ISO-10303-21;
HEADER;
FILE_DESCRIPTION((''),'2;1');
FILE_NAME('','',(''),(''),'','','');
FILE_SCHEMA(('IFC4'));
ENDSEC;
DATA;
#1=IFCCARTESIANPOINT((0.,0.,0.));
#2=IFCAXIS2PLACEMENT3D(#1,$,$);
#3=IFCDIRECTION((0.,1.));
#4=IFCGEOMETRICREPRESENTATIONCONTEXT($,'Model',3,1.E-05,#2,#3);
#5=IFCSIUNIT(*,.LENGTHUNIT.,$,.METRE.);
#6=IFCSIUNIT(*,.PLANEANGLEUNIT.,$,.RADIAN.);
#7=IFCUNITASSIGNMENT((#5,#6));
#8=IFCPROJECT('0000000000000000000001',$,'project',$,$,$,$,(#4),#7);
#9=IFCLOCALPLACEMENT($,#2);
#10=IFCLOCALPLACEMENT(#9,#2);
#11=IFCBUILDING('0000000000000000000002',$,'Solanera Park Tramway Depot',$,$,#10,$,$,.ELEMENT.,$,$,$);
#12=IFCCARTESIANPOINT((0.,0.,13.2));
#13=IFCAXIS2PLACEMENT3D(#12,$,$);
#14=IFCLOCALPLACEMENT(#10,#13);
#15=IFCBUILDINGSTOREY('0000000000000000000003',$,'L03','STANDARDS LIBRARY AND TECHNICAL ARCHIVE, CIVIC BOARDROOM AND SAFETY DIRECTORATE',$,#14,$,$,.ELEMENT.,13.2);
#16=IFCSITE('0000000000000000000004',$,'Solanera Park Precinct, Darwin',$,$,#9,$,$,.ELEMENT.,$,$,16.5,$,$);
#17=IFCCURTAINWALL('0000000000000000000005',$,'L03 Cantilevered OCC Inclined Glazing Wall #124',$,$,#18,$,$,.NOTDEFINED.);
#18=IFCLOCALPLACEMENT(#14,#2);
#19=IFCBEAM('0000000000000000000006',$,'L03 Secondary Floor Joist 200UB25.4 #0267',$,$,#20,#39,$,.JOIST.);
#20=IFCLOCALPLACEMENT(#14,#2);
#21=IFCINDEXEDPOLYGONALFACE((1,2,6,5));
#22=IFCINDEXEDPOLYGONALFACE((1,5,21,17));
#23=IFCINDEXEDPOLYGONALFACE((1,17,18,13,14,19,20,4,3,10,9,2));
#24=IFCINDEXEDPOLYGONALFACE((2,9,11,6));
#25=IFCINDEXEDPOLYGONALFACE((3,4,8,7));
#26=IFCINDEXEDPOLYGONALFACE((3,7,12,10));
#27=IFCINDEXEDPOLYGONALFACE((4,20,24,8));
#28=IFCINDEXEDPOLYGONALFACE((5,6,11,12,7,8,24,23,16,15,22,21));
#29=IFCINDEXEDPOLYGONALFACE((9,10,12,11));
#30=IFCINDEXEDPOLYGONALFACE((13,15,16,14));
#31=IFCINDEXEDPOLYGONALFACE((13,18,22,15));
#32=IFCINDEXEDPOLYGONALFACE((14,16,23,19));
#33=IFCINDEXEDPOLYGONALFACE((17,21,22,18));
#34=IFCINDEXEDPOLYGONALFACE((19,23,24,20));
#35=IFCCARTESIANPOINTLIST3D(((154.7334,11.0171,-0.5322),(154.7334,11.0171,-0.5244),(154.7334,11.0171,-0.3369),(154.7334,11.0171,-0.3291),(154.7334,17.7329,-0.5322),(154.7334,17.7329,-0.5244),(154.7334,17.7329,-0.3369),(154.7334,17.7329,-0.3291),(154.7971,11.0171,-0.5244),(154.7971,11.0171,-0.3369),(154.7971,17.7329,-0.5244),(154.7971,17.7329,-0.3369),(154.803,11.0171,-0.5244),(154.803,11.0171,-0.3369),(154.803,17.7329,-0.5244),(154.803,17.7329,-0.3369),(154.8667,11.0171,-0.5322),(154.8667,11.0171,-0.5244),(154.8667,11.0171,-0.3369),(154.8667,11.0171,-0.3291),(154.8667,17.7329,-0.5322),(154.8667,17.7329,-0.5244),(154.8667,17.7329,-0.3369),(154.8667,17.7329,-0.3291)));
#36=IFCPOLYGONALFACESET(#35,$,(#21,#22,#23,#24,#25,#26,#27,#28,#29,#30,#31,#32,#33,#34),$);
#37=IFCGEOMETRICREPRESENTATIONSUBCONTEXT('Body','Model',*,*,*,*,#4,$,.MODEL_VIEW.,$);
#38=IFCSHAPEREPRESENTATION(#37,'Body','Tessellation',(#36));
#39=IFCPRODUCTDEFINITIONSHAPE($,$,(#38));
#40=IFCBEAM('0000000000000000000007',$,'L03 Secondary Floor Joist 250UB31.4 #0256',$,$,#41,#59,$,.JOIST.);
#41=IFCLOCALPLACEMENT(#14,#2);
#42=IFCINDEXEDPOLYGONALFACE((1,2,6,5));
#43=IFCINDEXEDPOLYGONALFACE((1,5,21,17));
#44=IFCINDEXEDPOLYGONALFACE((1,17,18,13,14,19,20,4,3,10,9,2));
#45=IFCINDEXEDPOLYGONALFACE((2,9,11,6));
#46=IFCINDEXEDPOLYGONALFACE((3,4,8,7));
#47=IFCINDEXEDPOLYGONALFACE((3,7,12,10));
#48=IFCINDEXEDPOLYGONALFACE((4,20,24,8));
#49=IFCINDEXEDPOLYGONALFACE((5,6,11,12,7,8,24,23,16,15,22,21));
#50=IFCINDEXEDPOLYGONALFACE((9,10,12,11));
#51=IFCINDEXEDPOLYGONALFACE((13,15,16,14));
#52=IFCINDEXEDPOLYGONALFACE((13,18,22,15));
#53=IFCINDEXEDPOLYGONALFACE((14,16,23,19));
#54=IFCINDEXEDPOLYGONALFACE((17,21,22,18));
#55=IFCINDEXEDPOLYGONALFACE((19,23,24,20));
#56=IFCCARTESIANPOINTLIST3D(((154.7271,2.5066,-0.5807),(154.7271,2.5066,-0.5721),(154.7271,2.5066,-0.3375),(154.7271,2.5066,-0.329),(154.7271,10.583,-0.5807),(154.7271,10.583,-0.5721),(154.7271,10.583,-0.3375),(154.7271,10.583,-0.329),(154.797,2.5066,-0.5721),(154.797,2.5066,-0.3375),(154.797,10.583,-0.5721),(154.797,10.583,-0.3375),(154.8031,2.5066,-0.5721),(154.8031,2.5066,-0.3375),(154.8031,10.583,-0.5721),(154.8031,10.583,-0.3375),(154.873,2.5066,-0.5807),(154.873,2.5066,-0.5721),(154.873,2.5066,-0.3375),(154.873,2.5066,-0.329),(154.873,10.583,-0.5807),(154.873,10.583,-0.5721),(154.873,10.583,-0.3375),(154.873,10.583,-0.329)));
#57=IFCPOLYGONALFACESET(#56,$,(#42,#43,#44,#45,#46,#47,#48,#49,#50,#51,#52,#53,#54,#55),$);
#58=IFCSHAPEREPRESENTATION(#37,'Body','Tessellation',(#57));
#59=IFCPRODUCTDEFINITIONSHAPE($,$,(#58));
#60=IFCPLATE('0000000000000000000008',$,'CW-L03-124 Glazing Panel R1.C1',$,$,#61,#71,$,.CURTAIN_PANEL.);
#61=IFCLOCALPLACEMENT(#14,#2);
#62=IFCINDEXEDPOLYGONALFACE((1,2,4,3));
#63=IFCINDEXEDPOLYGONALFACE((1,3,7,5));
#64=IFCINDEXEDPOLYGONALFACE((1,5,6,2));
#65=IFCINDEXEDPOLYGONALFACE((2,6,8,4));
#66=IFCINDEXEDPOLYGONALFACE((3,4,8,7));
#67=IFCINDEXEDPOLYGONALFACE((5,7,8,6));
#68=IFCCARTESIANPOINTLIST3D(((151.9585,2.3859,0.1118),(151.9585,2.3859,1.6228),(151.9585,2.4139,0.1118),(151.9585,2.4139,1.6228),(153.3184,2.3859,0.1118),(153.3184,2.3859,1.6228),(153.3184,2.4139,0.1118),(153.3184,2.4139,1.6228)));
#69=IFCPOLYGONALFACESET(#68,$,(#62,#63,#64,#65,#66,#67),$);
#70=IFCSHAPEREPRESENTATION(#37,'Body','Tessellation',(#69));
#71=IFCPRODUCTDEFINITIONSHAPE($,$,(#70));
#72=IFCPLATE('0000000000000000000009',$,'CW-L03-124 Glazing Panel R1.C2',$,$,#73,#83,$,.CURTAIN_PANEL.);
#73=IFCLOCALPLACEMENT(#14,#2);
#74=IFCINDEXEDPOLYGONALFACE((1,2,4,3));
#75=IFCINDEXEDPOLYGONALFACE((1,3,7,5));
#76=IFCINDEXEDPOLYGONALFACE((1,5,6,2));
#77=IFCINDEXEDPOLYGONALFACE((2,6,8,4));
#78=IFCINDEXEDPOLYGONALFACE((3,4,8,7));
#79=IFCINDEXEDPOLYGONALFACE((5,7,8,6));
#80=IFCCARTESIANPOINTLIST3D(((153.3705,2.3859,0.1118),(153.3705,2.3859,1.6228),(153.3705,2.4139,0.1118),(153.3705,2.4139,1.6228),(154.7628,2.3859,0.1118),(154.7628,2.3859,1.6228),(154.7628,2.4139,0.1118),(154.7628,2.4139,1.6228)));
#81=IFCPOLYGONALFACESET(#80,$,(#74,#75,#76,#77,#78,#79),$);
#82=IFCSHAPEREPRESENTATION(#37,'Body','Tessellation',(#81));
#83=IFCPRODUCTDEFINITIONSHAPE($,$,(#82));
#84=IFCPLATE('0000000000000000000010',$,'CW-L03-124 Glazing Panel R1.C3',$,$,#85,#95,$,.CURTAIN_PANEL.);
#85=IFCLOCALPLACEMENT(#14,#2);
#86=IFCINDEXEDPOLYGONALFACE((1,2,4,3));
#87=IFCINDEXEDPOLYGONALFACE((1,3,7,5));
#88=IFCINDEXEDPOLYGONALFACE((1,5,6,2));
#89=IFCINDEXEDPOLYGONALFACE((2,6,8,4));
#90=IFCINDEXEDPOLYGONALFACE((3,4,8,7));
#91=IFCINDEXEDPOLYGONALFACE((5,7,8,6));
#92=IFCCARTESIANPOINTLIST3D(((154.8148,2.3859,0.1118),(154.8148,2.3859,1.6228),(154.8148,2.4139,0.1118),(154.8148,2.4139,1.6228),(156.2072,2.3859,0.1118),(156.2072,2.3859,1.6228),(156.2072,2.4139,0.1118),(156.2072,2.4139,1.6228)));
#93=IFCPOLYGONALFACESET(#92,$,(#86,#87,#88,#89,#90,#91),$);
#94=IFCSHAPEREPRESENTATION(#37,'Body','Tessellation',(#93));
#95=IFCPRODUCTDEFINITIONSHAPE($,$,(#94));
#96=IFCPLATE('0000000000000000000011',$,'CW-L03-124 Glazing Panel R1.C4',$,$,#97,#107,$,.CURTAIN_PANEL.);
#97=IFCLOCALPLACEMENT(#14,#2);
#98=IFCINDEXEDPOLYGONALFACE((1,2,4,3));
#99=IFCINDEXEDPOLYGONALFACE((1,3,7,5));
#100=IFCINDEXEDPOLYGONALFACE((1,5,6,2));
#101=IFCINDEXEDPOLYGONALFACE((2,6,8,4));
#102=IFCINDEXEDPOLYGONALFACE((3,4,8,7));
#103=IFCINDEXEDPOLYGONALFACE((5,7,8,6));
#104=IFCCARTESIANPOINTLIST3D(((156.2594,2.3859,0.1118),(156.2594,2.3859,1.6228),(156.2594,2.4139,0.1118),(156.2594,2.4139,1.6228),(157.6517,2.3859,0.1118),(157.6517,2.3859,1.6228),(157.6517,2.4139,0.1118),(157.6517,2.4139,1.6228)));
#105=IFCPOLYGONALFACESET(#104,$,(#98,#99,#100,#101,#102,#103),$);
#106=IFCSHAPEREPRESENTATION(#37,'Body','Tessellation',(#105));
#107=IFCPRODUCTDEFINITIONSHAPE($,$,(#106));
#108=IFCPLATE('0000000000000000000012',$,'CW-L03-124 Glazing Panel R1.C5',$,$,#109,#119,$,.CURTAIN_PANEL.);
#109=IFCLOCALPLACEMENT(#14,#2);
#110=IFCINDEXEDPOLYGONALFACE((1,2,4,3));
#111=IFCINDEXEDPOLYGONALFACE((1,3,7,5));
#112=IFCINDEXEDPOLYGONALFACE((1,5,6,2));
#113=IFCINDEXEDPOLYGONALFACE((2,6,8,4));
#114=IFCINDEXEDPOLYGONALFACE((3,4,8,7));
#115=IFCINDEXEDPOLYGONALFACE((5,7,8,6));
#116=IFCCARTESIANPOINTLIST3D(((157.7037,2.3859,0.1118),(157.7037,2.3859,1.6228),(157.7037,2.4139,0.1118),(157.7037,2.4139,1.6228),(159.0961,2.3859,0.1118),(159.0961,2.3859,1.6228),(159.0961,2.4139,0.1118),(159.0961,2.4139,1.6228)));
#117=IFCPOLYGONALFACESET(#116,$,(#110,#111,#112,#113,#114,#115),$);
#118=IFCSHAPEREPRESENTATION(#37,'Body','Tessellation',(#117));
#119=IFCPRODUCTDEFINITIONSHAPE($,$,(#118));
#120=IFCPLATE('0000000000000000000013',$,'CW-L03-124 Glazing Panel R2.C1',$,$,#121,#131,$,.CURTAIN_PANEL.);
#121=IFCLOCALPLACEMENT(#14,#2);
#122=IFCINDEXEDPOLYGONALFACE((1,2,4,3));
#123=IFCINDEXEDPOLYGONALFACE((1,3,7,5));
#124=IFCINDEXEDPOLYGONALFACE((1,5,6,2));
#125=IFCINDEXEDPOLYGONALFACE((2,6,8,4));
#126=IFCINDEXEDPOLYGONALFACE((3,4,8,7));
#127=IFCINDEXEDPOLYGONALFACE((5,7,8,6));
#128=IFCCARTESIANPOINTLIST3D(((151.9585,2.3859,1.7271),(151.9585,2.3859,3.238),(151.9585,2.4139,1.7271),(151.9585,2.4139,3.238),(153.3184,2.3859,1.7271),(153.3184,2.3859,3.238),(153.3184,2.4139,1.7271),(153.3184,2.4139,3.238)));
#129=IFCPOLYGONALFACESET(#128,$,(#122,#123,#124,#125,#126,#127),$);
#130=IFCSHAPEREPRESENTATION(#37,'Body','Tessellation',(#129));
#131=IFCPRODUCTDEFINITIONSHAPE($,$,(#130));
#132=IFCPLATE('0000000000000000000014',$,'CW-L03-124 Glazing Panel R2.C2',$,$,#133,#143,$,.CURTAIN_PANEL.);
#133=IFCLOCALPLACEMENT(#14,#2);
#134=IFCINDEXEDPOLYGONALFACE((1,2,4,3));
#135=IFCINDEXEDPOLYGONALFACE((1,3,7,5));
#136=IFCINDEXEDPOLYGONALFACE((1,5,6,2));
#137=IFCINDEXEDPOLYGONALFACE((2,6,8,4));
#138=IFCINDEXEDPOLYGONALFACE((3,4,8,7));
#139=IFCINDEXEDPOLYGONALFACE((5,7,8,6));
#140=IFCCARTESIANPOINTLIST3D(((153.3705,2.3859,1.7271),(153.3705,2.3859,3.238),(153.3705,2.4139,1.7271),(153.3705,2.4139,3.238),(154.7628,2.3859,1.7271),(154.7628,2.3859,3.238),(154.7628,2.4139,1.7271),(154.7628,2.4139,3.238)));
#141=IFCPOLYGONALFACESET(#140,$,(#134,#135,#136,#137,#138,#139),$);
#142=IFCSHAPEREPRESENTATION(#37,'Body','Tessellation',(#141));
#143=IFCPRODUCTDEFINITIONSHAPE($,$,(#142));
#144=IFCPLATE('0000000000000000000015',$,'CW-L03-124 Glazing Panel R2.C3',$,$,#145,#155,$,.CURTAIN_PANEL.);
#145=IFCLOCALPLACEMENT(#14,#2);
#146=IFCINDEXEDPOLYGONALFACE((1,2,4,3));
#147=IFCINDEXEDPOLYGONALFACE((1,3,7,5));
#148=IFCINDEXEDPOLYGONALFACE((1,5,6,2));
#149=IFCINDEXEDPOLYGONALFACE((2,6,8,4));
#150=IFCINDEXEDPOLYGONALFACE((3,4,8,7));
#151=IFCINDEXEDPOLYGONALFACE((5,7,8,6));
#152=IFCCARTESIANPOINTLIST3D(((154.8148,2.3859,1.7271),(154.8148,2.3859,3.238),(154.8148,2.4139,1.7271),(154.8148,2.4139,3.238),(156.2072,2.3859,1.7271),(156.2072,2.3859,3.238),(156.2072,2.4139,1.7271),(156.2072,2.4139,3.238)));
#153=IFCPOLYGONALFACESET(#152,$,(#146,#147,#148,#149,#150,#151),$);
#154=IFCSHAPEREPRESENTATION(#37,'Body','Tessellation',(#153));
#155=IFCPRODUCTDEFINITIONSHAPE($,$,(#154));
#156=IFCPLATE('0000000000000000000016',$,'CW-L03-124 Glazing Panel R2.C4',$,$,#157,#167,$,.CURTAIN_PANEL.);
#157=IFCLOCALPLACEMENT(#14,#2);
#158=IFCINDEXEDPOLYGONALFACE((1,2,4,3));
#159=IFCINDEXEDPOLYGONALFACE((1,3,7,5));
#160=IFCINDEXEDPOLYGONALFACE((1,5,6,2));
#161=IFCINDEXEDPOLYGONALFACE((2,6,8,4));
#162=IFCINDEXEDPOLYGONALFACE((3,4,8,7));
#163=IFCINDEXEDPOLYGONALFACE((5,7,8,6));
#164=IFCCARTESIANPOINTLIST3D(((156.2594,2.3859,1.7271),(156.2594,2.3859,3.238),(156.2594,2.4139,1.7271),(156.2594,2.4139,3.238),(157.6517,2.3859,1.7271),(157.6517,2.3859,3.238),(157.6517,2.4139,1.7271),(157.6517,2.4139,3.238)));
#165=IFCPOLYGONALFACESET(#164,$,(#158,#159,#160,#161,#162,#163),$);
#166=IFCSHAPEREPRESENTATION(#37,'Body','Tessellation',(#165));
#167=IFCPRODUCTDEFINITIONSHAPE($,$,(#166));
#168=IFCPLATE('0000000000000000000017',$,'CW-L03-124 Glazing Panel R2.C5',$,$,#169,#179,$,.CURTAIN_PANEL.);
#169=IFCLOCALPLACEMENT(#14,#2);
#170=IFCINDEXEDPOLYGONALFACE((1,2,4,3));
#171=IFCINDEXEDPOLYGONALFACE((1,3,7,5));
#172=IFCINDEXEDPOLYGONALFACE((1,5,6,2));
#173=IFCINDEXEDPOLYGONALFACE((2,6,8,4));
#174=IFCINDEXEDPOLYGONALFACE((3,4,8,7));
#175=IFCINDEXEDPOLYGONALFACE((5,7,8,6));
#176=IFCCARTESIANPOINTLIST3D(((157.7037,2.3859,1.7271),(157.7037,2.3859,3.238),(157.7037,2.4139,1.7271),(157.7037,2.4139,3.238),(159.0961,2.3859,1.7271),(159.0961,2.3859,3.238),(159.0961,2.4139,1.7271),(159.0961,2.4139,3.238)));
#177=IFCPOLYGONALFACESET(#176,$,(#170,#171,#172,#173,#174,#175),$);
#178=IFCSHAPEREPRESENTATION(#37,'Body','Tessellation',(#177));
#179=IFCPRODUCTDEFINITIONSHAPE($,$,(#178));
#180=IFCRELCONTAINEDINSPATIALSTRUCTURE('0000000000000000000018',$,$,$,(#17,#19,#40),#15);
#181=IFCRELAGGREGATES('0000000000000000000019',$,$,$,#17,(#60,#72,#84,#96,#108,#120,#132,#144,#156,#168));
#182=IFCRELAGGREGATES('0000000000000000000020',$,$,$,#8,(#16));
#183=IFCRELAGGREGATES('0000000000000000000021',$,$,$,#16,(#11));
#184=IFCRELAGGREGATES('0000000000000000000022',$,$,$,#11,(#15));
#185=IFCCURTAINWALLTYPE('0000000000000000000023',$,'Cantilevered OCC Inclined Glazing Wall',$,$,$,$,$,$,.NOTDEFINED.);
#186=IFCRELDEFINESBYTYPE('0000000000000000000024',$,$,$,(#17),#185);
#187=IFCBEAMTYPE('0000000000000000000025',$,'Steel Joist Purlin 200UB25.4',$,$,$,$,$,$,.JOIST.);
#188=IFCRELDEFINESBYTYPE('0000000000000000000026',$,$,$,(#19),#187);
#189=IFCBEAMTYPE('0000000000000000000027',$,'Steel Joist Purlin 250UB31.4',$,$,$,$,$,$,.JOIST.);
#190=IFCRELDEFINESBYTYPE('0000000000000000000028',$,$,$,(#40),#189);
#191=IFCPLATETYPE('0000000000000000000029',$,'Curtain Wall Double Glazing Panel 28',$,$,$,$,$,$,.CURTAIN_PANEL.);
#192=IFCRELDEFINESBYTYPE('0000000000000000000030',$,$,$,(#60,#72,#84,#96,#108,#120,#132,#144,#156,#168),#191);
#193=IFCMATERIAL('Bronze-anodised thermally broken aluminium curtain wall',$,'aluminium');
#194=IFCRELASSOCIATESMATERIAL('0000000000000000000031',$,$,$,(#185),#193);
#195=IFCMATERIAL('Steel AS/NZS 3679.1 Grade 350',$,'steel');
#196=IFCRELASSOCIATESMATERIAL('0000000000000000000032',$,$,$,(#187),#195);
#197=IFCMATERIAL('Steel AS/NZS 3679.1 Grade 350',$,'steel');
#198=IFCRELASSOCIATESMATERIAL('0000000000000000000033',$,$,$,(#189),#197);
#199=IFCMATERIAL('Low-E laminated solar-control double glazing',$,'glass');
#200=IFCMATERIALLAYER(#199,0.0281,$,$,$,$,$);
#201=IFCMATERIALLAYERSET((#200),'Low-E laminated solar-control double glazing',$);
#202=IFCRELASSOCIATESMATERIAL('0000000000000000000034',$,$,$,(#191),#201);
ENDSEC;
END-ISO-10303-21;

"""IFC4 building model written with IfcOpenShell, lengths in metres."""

from ifc_helpers import new_model, si_unit, direction, frame, origin, origin_2d, place, context, subcontext, project, spatial, rectangle, i_section, extrude, material, layer, layer_set, material_profile, profile_set, type_object, element, aggregate, save


model = new_model("IFC4")

# Units and contexts
model_context = context("Model", 3, precision=1e-05, world=origin(), true_north=direction((0.0, 1.0)))
body_context = subcontext(model_context, "Body", "Model", "MODEL_VIEW")
ifc_project = project(units=[si_unit("LENGTHUNIT", "METRE"), si_unit("PLANEANGLEUNIT", "RADIAN")], contexts=[model_context])

# Site, building, storey
site_placement = place(None, origin())
site = spatial("IfcSite", under=ifc_project, at=site_placement, Name="Solanera Park Precinct, Darwin", CompositionType="ELEMENT", RefElevation=16.5)
building_placement = place(site_placement, origin())
building = spatial("IfcBuilding", under=site, at=building_placement, Name="Solanera Park Tramway Depot", CompositionType="ELEMENT")
storey_placement = place(building_placement, frame((0.0, 0.0, 13.2)))
storey = spatial("IfcBuildingStorey", under=building, at=storey_placement, Name="L03", Description="STANDARDS LIBRARY AND TECHNICAL ARCHIVE, CIVIC BOARDROOM AND SAFETY DIRECTORATE", CompositionType="ELEMENT", Elevation=13.2)

# Curtain wall
ifc_material_1 = material(Name="Bronze-anodised thermally broken aluminium curtain wall", Category="aluminium")
curtain_wall_type = type_object("IfcCurtainWallType", Name="Cantilevered OCC Inclined Glazing Wall", PredefinedType="NOTDEFINED", material=ifc_material_1)
curtain_wall_placement = place(storey_placement, origin())
curtain_wall = element("IfcCurtainWall", 1, at=curtain_wall_placement, inside=storey, type_object=curtain_wall_type, Name="L03 Cantilevered OCC Inclined Glazing Wall #124", PredefinedType="NOTDEFINED")

# Beams
ifc_material_2 = material(Name="Steel AS/NZS 3679.1 Grade 350", Category="steel")
ifc_material_profile_1 = material_profile(ifc_material_2, i_section(OverallWidth=0.1333, OverallDepth=0.2031, WebThickness=0.0059, FlangeThickness=0.0078, at=origin_2d()), Name="200UB25.4")
ifc_profile_set_1 = profile_set([ifc_material_profile_1], Name="Steel AS/NZS 3679.1 Grade 350")
beam_type_1 = type_object("IfcBeamType", Name="Steel Joist Purlin 200UB25.4", PredefinedType="JOIST", material=ifc_profile_set_1)
beam_1_placement = place(storey_placement, frame((154.8, 11.0171, -0.4307), z_axis=(0.0, 1.0, 0.0), x_axis=(-1.0, 0.0, 0.0)))
element("IfcBeam", 2, at=beam_1_placement, inside=storey, type_object=beam_type_1, Name="L03 Secondary Floor Joist 200UB25.4 #0267", PredefinedType="JOIST", context=body_context, shape_type="SweptSolid", body=[
    extrude(i_section(OverallWidth=0.1333, OverallDepth=0.2031, WebThickness=0.0059, FlangeThickness=0.0078, at=origin_2d()), origin(), (0.0, 0.0, 1.0), 6.7158),
])
ifc_material_3 = material(Name="Steel AS/NZS 3679.1 Grade 350", Category="steel")
ifc_material_profile_2 = material_profile(ifc_material_3, i_section(OverallWidth=0.146, OverallDepth=0.2517, WebThickness=0.0061, FlangeThickness=0.0085, at=origin_2d()), Name="250UB31.4")
ifc_profile_set_2 = profile_set([ifc_material_profile_2], Name="Steel AS/NZS 3679.1 Grade 350")
beam_type_2 = type_object("IfcBeamType", Name="Steel Joist Purlin 250UB31.4", PredefinedType="JOIST", material=ifc_profile_set_2)
beam_2_placement = place(storey_placement, frame((154.8, 2.5066, -0.4548), z_axis=(0.0, 1.0, 0.0), x_axis=(-1.0, 0.0, 0.0)))
element("IfcBeam", 3, at=beam_2_placement, inside=storey, type_object=beam_type_2, Name="L03 Secondary Floor Joist 250UB31.4 #0256", PredefinedType="JOIST", context=body_context, shape_type="SweptSolid", body=[
    extrude(i_section(OverallWidth=0.146, OverallDepth=0.2517, WebThickness=0.0061, FlangeThickness=0.0085, at=origin_2d()), origin(), (0.0, 0.0, 1.0), 8.0764),
])

# Plates
ifc_material_4 = material(Name="Low-E laminated solar-control double glazing", Category="glass")
ifc_layer_1 = layer(ifc_material_4, 0.0281)
ifc_layer_set_1 = layer_set([ifc_layer_1], Name="Low-E laminated solar-control double glazing")
plate_type = type_object("IfcPlateType", Name="Curtain Wall Double Glazing Panel 28", PredefinedType="CURTAIN_PANEL", material=ifc_layer_set_1)
plate_1_placement = place(storey_placement, frame((152.6384, 2.3999, 0.1118), z_axis=(0.0, 0.0, 1.0), x_axis=(1.0, 0.0, 0.0)))
plate_1 = element("IfcPlate", 4, at=plate_1_placement, type_object=plate_type, Name="CW-L03-124 Glazing Panel R1.C1", PredefinedType="CURTAIN_PANEL", context=body_context, shape_type="SweptSolid", body=[
    extrude(rectangle(XDim=1.3599, YDim=0.0281, at=origin_2d()), origin(), (0.0, 0.0, 1.0), 1.511),
])
plate_2_placement = place(storey_placement, frame((154.0667, 2.3999, 0.1118), z_axis=(0.0, 0.0, 1.0), x_axis=(1.0, 0.0, 0.0)))
plate_2 = element("IfcPlate", 5, at=plate_2_placement, type_object=plate_type, Name="CW-L03-124 Glazing Panel R1.C2", PredefinedType="CURTAIN_PANEL", context=body_context, shape_type="SweptSolid", body=[
    extrude(rectangle(XDim=1.3923, YDim=0.0281, at=origin_2d()), origin(), (0.0, 0.0, 1.0), 1.511),
])
plate_3_placement = place(storey_placement, frame((155.511, 2.3999, 0.1118), z_axis=(0.0, 0.0, 1.0), x_axis=(1.0, 0.0, 0.0)))
plate_3 = element("IfcPlate", 6, at=plate_3_placement, type_object=plate_type, Name="CW-L03-124 Glazing Panel R1.C3", PredefinedType="CURTAIN_PANEL", context=body_context, shape_type="SweptSolid", body=[
    extrude(rectangle(XDim=1.3923, YDim=0.0281, at=origin_2d()), origin(), (0.0, 0.0, 1.0), 1.511),
])
plate_4_placement = place(storey_placement, frame((156.9556, 2.3999, 0.1118), z_axis=(0.0, 0.0, 1.0), x_axis=(1.0, 0.0, 0.0)))
plate_4 = element("IfcPlate", 7, at=plate_4_placement, type_object=plate_type, Name="CW-L03-124 Glazing Panel R1.C4", PredefinedType="CURTAIN_PANEL", context=body_context, shape_type="SweptSolid", body=[
    extrude(rectangle(XDim=1.3923, YDim=0.0281, at=origin_2d()), origin(), (0.0, 0.0, 1.0), 1.511),
])
plate_5_placement = place(storey_placement, frame((158.3999, 2.3999, 0.1118), z_axis=(0.0, 0.0, 1.0), x_axis=(1.0, 0.0, 0.0)))
plate_5 = element("IfcPlate", 8, at=plate_5_placement, type_object=plate_type, Name="CW-L03-124 Glazing Panel R1.C5", PredefinedType="CURTAIN_PANEL", context=body_context, shape_type="SweptSolid", body=[
    extrude(rectangle(XDim=1.3923, YDim=0.0281, at=origin_2d()), origin(), (0.0, 0.0, 1.0), 1.511),
])
plate_6_placement = place(storey_placement, frame((152.6384, 2.3999, 1.7271), z_axis=(0.0, 0.0, 1.0), x_axis=(1.0, 0.0, 0.0)))
plate_6 = element("IfcPlate", 9, at=plate_6_placement, type_object=plate_type, Name="CW-L03-124 Glazing Panel R2.C1", PredefinedType="CURTAIN_PANEL", context=body_context, shape_type="SweptSolid", body=[
    extrude(rectangle(XDim=1.3599, YDim=0.0281, at=origin_2d()), origin(), (0.0, 0.0, 1.0), 1.511),
])
plate_7_placement = place(storey_placement, frame((154.0667, 2.3999, 1.7271), z_axis=(0.0, 0.0, 1.0), x_axis=(1.0, 0.0, 0.0)))
plate_7 = element("IfcPlate", 10, at=plate_7_placement, type_object=plate_type, Name="CW-L03-124 Glazing Panel R2.C2", PredefinedType="CURTAIN_PANEL", context=body_context, shape_type="SweptSolid", body=[
    extrude(rectangle(XDim=1.3923, YDim=0.0281, at=origin_2d()), origin(), (0.0, 0.0, 1.0), 1.511),
])
plate_8_placement = place(storey_placement, frame((155.511, 2.3999, 1.7271), z_axis=(0.0, 0.0, 1.0), x_axis=(1.0, 0.0, 0.0)))
plate_8 = element("IfcPlate", 11, at=plate_8_placement, type_object=plate_type, Name="CW-L03-124 Glazing Panel R2.C3", PredefinedType="CURTAIN_PANEL", context=body_context, shape_type="SweptSolid", body=[
    extrude(rectangle(XDim=1.3923, YDim=0.0281, at=origin_2d()), origin(), (0.0, 0.0, 1.0), 1.511),
])
plate_9_placement = place(storey_placement, frame((156.9556, 2.3999, 1.7271), z_axis=(0.0, 0.0, 1.0), x_axis=(1.0, 0.0, 0.0)))
plate_9 = element("IfcPlate", 12, at=plate_9_placement, type_object=plate_type, Name="CW-L03-124 Glazing Panel R2.C4", PredefinedType="CURTAIN_PANEL", context=body_context, shape_type="SweptSolid", body=[
    extrude(rectangle(XDim=1.3923, YDim=0.0281, at=origin_2d()), origin(), (0.0, 0.0, 1.0), 1.511),
])
plate_10_placement = place(storey_placement, frame((158.3999, 2.3999, 1.7271), z_axis=(0.0, 0.0, 1.0), x_axis=(1.0, 0.0, 0.0)))
plate_10 = element("IfcPlate", 13, at=plate_10_placement, type_object=plate_type, Name="CW-L03-124 Glazing Panel R2.C5", PredefinedType="CURTAIN_PANEL", context=body_context, shape_type="SweptSolid", body=[
    extrude(rectangle(XDim=1.3923, YDim=0.0281, at=origin_2d()), origin(), (0.0, 0.0, 1.0), 1.511),
])
aggregate(curtain_wall, [plate_1, plate_2, plate_3, plate_4, plate_5, plate_6, plate_7, plate_8, plate_9, plate_10])

save(model, "model.ifc")
